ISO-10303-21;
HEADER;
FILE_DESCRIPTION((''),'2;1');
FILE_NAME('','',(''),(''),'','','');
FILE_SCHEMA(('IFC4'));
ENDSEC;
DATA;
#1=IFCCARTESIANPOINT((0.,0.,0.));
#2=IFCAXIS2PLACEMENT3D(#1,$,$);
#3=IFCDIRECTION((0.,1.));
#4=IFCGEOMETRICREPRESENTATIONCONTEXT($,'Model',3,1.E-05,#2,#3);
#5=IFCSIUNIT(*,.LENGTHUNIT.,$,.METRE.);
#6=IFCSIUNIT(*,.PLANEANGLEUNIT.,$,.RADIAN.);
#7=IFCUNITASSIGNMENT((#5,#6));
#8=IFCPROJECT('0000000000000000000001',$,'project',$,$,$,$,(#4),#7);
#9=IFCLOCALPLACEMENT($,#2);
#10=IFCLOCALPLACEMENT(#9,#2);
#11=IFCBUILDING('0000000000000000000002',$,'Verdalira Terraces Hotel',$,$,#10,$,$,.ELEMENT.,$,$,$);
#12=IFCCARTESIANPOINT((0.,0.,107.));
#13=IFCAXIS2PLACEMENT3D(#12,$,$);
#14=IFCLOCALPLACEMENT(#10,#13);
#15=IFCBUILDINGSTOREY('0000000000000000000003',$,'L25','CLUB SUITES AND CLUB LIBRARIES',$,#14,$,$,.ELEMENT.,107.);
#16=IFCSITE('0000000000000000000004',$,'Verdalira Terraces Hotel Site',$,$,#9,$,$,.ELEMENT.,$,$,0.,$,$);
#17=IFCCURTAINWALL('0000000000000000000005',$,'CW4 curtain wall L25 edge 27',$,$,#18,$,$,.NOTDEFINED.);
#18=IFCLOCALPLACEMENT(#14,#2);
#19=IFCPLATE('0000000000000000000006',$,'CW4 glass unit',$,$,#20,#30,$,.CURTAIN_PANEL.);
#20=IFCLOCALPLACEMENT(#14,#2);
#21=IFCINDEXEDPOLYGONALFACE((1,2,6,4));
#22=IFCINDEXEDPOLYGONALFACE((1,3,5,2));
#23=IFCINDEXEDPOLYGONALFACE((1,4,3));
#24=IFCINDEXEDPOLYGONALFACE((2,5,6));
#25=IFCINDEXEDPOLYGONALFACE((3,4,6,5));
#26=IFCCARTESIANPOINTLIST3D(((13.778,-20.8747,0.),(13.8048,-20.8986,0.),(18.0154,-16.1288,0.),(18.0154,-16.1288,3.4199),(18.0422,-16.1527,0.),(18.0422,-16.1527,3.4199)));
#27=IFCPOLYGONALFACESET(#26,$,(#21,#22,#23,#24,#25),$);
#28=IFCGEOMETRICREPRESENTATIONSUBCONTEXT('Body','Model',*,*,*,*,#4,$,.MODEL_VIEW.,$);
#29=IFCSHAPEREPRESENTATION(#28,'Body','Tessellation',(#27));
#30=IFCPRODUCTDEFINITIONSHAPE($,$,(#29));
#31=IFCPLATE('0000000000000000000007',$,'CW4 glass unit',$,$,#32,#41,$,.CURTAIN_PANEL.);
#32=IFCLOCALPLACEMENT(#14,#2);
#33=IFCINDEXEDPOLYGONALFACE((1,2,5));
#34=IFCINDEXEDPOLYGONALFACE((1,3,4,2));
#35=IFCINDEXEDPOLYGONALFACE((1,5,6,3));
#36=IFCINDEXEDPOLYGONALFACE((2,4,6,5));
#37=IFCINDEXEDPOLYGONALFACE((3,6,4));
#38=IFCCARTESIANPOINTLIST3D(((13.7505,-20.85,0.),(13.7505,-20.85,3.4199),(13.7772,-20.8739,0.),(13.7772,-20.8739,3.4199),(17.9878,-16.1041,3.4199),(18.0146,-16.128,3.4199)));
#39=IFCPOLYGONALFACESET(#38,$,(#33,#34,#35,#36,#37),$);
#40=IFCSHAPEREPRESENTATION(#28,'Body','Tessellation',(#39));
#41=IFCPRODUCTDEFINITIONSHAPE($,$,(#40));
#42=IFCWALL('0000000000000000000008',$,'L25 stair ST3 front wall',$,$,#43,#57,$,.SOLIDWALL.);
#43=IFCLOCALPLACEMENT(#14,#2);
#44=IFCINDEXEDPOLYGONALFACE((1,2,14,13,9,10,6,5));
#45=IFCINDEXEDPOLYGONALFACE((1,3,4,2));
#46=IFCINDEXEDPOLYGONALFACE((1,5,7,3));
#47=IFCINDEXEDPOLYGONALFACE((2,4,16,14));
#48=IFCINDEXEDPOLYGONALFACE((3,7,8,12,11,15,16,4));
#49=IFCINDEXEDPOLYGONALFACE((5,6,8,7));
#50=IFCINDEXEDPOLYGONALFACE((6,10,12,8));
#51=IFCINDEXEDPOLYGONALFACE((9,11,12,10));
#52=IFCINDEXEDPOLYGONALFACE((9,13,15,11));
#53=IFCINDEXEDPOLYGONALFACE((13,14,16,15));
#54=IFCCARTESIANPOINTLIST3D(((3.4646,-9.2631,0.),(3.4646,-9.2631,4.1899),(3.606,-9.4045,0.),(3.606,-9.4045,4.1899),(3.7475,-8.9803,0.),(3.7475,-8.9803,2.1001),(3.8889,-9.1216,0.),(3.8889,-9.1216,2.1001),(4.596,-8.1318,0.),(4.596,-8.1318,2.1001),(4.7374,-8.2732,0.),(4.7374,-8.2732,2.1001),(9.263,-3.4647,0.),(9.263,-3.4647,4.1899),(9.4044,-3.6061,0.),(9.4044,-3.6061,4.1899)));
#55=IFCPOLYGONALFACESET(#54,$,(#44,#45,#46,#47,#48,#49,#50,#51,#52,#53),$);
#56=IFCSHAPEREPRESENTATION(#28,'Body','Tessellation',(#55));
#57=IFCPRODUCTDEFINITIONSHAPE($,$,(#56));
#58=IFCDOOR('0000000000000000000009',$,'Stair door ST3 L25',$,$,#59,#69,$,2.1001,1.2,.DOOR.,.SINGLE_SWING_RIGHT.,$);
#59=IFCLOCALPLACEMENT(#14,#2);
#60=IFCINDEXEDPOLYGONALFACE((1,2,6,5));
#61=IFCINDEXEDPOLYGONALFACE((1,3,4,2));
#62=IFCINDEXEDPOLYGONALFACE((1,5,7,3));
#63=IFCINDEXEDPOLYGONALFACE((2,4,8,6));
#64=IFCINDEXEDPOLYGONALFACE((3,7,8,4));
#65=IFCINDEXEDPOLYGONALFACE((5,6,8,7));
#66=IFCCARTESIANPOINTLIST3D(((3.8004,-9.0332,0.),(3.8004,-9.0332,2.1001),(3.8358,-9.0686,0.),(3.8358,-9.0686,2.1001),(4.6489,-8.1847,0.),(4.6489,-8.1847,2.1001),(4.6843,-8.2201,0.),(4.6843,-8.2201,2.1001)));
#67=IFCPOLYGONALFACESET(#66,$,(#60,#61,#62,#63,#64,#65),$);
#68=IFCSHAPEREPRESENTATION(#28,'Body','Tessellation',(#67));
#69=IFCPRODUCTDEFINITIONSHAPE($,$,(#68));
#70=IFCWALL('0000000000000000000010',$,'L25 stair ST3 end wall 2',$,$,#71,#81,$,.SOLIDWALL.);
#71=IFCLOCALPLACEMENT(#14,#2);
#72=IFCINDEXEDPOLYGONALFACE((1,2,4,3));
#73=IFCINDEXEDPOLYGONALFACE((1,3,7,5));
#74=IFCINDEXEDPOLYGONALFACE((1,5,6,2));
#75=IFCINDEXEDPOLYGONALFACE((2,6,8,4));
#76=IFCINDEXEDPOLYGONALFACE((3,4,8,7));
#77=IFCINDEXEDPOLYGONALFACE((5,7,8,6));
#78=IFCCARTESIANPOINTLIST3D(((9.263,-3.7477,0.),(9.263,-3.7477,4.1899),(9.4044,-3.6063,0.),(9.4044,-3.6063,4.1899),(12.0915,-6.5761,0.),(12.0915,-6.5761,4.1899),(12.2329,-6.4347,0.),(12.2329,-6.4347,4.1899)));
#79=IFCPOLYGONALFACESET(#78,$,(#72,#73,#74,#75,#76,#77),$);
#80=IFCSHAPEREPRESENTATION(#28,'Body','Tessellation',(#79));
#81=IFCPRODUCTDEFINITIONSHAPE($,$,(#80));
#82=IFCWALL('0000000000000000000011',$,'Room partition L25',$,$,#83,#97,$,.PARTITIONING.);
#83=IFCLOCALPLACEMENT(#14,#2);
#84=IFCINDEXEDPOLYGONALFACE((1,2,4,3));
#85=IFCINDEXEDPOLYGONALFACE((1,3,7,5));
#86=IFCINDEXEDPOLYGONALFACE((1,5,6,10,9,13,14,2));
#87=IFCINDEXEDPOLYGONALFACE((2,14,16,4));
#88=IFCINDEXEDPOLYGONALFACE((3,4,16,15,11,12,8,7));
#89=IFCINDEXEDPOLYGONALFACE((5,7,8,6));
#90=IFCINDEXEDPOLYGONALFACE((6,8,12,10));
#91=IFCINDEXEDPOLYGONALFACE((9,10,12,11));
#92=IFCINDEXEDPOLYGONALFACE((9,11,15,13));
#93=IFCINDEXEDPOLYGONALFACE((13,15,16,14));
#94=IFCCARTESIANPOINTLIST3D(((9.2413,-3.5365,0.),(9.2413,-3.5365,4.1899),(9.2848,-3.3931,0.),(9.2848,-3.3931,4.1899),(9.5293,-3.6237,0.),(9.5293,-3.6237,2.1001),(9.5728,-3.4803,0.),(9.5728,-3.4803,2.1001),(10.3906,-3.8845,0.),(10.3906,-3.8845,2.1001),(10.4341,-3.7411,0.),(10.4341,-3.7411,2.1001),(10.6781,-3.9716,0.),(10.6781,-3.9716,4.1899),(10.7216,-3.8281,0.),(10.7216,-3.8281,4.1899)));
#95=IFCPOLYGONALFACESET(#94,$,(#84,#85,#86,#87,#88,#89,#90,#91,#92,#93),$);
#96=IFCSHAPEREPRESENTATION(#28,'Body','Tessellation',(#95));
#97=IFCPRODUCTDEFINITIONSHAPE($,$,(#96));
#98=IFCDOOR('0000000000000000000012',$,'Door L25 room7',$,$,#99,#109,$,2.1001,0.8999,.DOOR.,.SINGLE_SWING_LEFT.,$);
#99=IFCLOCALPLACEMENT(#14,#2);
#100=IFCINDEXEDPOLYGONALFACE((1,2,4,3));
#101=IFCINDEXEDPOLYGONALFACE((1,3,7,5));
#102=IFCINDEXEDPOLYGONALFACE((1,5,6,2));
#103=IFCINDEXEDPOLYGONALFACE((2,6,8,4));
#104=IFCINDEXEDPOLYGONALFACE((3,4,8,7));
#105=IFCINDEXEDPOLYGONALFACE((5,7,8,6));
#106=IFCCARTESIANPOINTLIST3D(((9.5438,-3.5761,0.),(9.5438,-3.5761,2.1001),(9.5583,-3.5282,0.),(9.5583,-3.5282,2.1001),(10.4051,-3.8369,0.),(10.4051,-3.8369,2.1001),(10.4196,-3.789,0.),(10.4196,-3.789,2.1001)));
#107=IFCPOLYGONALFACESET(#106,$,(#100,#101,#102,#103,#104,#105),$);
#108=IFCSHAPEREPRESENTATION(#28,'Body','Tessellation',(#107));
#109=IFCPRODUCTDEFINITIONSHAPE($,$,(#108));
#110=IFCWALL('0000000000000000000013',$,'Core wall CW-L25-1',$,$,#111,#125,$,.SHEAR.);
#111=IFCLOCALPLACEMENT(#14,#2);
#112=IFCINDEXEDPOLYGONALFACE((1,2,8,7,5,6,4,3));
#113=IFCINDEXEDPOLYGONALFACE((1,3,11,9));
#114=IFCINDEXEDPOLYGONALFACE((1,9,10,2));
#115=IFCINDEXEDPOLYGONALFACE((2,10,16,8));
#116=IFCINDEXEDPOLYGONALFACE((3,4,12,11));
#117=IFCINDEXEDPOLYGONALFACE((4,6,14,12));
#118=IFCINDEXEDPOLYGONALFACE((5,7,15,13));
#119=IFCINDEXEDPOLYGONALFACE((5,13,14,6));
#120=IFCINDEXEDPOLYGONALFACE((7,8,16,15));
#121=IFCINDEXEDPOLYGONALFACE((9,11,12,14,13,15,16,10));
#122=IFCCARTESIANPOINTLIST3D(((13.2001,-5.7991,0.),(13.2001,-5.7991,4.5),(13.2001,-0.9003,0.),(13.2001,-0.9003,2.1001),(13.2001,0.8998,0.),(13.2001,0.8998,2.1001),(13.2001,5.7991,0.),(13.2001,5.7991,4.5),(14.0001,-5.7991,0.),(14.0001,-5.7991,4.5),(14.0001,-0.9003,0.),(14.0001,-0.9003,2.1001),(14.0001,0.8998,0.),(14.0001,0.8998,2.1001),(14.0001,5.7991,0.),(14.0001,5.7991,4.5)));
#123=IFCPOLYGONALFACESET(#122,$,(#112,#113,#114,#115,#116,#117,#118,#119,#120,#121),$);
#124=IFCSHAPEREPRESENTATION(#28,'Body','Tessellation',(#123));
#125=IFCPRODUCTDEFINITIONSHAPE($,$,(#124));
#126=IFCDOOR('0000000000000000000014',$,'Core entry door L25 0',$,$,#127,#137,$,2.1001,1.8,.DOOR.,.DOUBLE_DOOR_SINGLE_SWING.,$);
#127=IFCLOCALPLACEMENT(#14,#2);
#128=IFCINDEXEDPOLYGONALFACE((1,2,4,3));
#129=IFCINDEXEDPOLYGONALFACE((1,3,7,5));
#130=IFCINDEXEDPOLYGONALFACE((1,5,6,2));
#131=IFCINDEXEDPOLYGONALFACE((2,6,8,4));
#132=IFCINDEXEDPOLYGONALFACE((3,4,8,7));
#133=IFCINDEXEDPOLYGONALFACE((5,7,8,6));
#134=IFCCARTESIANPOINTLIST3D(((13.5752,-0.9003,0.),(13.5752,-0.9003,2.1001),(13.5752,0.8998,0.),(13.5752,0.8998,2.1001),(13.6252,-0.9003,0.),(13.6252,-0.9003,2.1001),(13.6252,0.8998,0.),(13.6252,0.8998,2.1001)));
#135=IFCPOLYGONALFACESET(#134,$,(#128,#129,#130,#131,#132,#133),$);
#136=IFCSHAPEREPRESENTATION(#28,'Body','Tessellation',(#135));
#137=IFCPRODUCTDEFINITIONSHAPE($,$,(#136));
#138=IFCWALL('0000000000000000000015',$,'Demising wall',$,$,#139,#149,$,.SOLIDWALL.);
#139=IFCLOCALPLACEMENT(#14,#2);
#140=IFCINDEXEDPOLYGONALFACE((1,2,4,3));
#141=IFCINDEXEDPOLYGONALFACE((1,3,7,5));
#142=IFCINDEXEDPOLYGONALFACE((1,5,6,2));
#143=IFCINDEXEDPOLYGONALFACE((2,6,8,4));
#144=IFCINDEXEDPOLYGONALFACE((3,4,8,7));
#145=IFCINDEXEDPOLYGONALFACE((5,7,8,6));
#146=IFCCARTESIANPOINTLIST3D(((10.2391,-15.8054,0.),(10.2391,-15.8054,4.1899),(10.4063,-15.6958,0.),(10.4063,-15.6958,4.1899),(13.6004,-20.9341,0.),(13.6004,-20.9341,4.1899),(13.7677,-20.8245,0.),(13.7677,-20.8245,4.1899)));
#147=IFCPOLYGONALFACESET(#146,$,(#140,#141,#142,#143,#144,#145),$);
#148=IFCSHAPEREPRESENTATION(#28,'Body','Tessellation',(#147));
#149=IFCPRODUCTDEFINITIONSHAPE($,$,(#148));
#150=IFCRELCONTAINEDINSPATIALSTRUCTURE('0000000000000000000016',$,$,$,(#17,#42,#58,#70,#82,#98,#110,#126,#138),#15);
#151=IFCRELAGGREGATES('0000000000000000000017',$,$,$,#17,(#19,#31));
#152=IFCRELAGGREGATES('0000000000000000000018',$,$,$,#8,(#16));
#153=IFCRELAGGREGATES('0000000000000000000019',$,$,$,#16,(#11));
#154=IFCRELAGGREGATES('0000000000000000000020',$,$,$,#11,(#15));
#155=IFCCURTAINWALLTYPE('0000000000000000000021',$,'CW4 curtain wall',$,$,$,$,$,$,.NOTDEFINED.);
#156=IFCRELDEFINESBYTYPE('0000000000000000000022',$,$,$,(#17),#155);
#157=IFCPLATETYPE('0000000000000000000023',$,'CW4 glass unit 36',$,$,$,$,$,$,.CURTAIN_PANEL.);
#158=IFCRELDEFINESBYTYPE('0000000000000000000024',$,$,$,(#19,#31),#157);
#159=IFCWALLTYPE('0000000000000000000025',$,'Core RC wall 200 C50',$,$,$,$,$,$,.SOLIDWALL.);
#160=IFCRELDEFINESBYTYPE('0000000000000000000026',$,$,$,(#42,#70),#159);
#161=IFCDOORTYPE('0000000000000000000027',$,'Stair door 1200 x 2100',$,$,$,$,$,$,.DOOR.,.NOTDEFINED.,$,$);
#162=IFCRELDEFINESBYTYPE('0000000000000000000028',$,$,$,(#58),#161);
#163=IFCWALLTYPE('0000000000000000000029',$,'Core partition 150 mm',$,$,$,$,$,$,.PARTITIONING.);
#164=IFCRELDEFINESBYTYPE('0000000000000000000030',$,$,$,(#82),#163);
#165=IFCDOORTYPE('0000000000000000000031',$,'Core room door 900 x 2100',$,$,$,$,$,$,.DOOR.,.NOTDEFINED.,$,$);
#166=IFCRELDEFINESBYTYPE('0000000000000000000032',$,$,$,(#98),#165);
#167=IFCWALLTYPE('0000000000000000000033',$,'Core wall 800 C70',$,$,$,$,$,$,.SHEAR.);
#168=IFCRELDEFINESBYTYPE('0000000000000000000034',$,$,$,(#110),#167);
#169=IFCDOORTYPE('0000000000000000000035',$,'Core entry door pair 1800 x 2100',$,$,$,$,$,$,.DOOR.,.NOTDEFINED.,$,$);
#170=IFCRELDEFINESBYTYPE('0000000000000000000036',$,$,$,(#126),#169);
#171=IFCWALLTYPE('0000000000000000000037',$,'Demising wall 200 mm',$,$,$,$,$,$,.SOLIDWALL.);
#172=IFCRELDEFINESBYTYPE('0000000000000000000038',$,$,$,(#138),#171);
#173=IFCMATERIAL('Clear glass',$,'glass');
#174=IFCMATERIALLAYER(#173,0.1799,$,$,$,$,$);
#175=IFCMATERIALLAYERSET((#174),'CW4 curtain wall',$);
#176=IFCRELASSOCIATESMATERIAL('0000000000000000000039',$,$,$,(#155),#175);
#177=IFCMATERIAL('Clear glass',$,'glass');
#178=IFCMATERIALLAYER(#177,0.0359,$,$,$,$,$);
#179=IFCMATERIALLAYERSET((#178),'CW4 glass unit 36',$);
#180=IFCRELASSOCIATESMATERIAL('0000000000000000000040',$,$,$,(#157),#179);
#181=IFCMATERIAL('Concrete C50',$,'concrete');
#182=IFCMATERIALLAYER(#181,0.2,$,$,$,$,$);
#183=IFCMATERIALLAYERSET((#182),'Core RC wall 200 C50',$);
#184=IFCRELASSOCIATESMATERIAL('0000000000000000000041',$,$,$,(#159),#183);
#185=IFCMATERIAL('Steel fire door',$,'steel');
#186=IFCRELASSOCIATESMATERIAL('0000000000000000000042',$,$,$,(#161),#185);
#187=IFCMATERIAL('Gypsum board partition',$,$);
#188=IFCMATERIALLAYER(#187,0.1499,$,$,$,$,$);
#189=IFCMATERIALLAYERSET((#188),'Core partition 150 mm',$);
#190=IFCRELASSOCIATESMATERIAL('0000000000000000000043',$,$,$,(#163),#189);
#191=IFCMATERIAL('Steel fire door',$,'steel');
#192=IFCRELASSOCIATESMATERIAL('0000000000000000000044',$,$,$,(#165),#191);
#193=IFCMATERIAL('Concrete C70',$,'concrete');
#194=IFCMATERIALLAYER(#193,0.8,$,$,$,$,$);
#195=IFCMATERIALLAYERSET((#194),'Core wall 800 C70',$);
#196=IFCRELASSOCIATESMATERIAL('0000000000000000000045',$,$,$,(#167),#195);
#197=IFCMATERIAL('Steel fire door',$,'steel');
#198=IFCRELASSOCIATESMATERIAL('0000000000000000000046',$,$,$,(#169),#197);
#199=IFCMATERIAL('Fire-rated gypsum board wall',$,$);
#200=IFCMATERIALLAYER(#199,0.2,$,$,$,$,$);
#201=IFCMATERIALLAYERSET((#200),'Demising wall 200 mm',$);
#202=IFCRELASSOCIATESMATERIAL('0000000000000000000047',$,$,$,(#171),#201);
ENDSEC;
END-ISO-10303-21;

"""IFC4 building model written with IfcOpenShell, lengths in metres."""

from ifc_helpers import new_model, si_unit, direction, frame, frame_2d, origin, place, context, subcontext, project, spatial, polyline, rectangle, outline, extrude, material, layer, layer_set, type_object, element, fill, aggregate, save


model = new_model("IFC4")

# Units and contexts
model_context = context("Model", 3, precision=1e-05, world=origin(), true_north=direction((0.0, 1.0)))
body_context = subcontext(model_context, "Body", "Model", "MODEL_VIEW")
ifc_project = project(units=[si_unit("LENGTHUNIT", "METRE"), si_unit("PLANEANGLEUNIT", "RADIAN")], contexts=[model_context])

# Site, building, storey
site_placement = place(None, origin())
site = spatial("IfcSite", under=ifc_project, at=site_placement, Name="Verdalira Terraces Hotel Site", CompositionType="ELEMENT", RefElevation=0.0)
building_placement = place(site_placement, origin())
building = spatial("IfcBuilding", under=site, at=building_placement, Name="Verdalira Terraces Hotel", CompositionType="ELEMENT")
storey_placement = place(building_placement, frame((0.0, 0.0, 107.0)))
storey = spatial("IfcBuildingStorey", under=building, at=storey_placement, Name="L25", Description="CLUB SUITES AND CLUB LIBRARIES", CompositionType="ELEMENT", Elevation=107.0)

# Curtain wall, plates
ifc_material_1 = material(Name="Clear glass", Category="glass")
ifc_layer_1 = layer(ifc_material_1, 0.1799)
ifc_layer_set_1 = layer_set([ifc_layer_1], Name="CW4 curtain wall")
curtain_wall_type = type_object("IfcCurtainWallType", Name="CW4 curtain wall", PredefinedType="NOTDEFINED", material=ifc_layer_set_1)
curtain_wall_placement = place(storey_placement, origin())
curtain_wall = element("IfcCurtainWall", 1, at=curtain_wall_placement, inside=storey, type_object=curtain_wall_type, Name="CW4 curtain wall L25 edge 27", PredefinedType="NOTDEFINED")
ifc_material_2 = material(Name="Clear glass", Category="glass")
ifc_layer_2 = layer(ifc_material_2, 0.0359)
ifc_layer_set_2 = layer_set([ifc_layer_2], Name="CW4 glass unit 36")
plate_type = type_object("IfcPlateType", Name="CW4 glass unit 36", PredefinedType="CURTAIN_PANEL", material=ifc_layer_set_2)
plate_1_placement = place(storey_placement, frame((15.8967, -18.5017, 1.71), z_axis=(0.745941, -0.666012, 0.0), x_axis=(0.666012, 0.745941, 0.0)))
plate_1 = element("IfcPlate", 2, at=plate_1_placement, type_object=plate_type, Name="CW4 glass unit", PredefinedType="CURTAIN_PANEL", context=body_context, shape_type="SweptSolid", body=[
    extrude(outline(polyline([(-3.1812, -1.71), (3.1812, -1.71), (3.1812, 1.71), (-3.1812, -1.71)])), origin(), (0.0, 0.0, 1.0), 0.0359),
])
plate_2_placement = place(storey_placement, frame((15.8691, -18.4771, 1.71), z_axis=(0.745941, -0.666012, 0.0), x_axis=(0.666012, 0.745941, 0.0)))
plate_2 = element("IfcPlate", 3, at=plate_2_placement, type_object=plate_type, Name="CW4 glass unit", PredefinedType="CURTAIN_PANEL", context=body_context, shape_type="SweptSolid", body=[
    extrude(outline(polyline([(-3.1812, -1.71), (3.1812, 1.71), (-3.1812, 1.71), (-3.1812, -1.71)])), origin(), (0.0, 0.0, 1.0), 0.0359),
])
aggregate(curtain_wall, [plate_1, plate_2])

# Wall, opening, door
ifc_material_3 = material(Name="Concrete C50", Category="concrete")
ifc_layer_3 = layer(ifc_material_3, 0.2)
ifc_layer_set_3 = layer_set([ifc_layer_3], Name="Core RC wall 200 C50")
wall_type_1 = type_object("IfcWallType", Name="Core RC wall 200 C50", PredefinedType="SOLIDWALL", material=ifc_layer_set_3)
wall_1_placement = place(storey_placement, frame((9.3337, -3.5354, 0.0), z_axis=(0.0, 0.0, 1.0), x_axis=(-0.707107, -0.707107, 0.0)))
wall_1 = element("IfcWall", 4, at=wall_1_placement, inside=storey, type_object=wall_type_1, Name="L25 stair ST3 front wall", PredefinedType="SOLIDWALL", context=body_context, shape_type="SweptSolid", body=[
    extrude(rectangle(XDim=8.2002, YDim=0.2, at=frame_2d((4.1001, 0.0))), origin(), (0.0, 0.0, 1.0), 4.1899),
])
opening_1_placement = place(wall_1_placement, frame((6.6001, 0.0, 0.0)))
opening_1 = element("IfcOpeningElement", 5, at=opening_1_placement, cuts=wall_1, PredefinedType="OPENING", context=body_context, shape_type="SweptSolid", body=[
    extrude(rectangle(XDim=1.2, YDim=2.1001, at=frame_2d((0.6001, 1.05))), frame((0.0, 0.1099, 0.0), z_axis=(0.0, -1.0, 0.0), x_axis=(1.0, 0.0, 0.0)), (0.0, 0.0, 1.0), 0.22),
])
ifc_material_4 = material(Name="Steel fire door", Category="steel")
door_type_1 = type_object("IfcDoorType", Name="Stair door 1200 x 2100", OperationType="NOTDEFINED", PredefinedType="DOOR", material=ifc_material_4)
door_1_placement = place(opening_1_placement, origin())
door_1 = element("IfcDoor", 6, at=door_1_placement, inside=storey, type_object=door_type_1, Name="Stair door ST3 L25", OperationType="SINGLE_SWING_RIGHT", OverallHeight=2.1001, OverallWidth=1.2, PredefinedType="DOOR", context=body_context, shape_type="SweptSolid", body=[
    extrude(rectangle(XDim=1.2, YDim=2.1001, at=frame_2d((0.6001, 1.05))), frame((0.0, 0.0249, 0.0), z_axis=(0.0, -1.0, 0.0), x_axis=(1.0, 0.0, 0.0)), (0.0, 0.0, 1.0), 0.05),
])
fill(opening_1, door_1)

# Wall
wall_2_placement = place(storey_placement, frame((9.3337, -3.677, 0.0), z_axis=(0.0, 0.0, 1.0), x_axis=(0.707107, -0.707107, 0.0)))
element("IfcWall", 7, at=wall_2_placement, inside=storey, type_object=wall_type_1, Name="L25 stair ST3 end wall 2", PredefinedType="SOLIDWALL", context=body_context, shape_type="SweptSolid", body=[
    extrude(rectangle(XDim=4.0, YDim=0.2, at=frame_2d((2.0, 0.0))), origin(), (0.0, 0.0, 1.0), 4.1899),
])

# Walls, openings, doors
ifc_material_5 = material(Name="Gypsum board partition")
ifc_layer_4 = layer(ifc_material_5, 0.1499)
ifc_layer_set_4 = layer_set([ifc_layer_4], Name="Core partition 150 mm")
wall_type_2 = type_object("IfcWallType", Name="Core partition 150 mm", PredefinedType="PARTITIONING", material=ifc_layer_set_4)
wall_3_placement = place(storey_placement, frame((9.2632, -3.4648, 0.0), z_axis=(0.0, 0.0, 1.0), x_axis=(0.957085, -0.289809, 0.0)))
wall_3 = element("IfcWall", 8, at=wall_3_placement, inside=storey, type_object=wall_type_2, Name="Room partition L25", PredefinedType="PARTITIONING", context=body_context, shape_type="SweptSolid", body=[
    extrude(rectangle(XDim=1.5012, YDim=0.1499, at=frame_2d((0.7505, 0.0))), origin(), (0.0, 0.0, 1.0), 4.1899),
])
opening_2_placement = place(wall_3_placement, frame((0.3008, 0.0, 0.0)))
opening_2 = element("IfcOpeningElement", 9, at=opening_2_placement, cuts=wall_3, PredefinedType="OPENING", context=body_context, shape_type="SweptSolid", body=[
    extrude(rectangle(XDim=0.8999, YDim=2.1001, at=frame_2d((0.45, 1.05))), frame((0.0, 0.085, 0.0), z_axis=(0.0, -1.0, 0.0), x_axis=(1.0, 0.0, 0.0)), (0.0, 0.0, 1.0), 0.1699),
])
ifc_material_6 = material(Name="Steel fire door", Category="steel")
door_type_2 = type_object("IfcDoorType", Name="Core room door 900 x 2100", OperationType="NOTDEFINED", PredefinedType="DOOR", material=ifc_material_6)
door_2_placement = place(opening_2_placement, origin())
door_2 = element("IfcDoor", 10, at=door_2_placement, inside=storey, type_object=door_type_2, Name="Door L25 room7", OperationType="SINGLE_SWING_LEFT", OverallHeight=2.1001, OverallWidth=0.8999, PredefinedType="DOOR", context=body_context, shape_type="SweptSolid", body=[
    extrude(rectangle(XDim=0.8999, YDim=2.1001, at=frame_2d((0.45, 1.05))), frame((0.0, 0.0249, 0.0), z_axis=(0.0, -1.0, 0.0), x_axis=(1.0, 0.0, 0.0)), (0.0, 0.0, 1.0), 0.05),
])
fill(opening_2, door_2)
ifc_material_7 = material(Name="Concrete C70", Category="concrete")
ifc_layer_5 = layer(ifc_material_7, 0.8)
ifc_layer_set_5 = layer_set([ifc_layer_5], Name="Core wall 800 C70")
wall_type_3 = type_object("IfcWallType", Name="Core wall 800 C70", PredefinedType="SHEAR", material=ifc_layer_set_5)
wall_4_placement = place(storey_placement, frame((13.6001, -5.7991, 0.0), z_axis=(0.0, 0.0, 1.0), x_axis=(0.0, 1.0, 0.0)))
wall_4 = element("IfcWall", 11, at=wall_4_placement, inside=storey, type_object=wall_type_3, Name="Core wall CW-L25-1", PredefinedType="SHEAR", context=body_context, shape_type="SweptSolid", body=[
    extrude(rectangle(XDim=11.5981, YDim=0.8, at=frame_2d((5.7991, 0.0))), origin(), (0.0, 0.0, 1.0), 4.5),
])
opening_3_placement = place(wall_4_placement, frame((4.8989, 0.0, 0.0)))
opening_3 = element("IfcOpeningElement", 12, at=opening_3_placement, cuts=wall_4, PredefinedType="OPENING", context=body_context, shape_type="SweptSolid", body=[
    extrude(rectangle(XDim=1.8, YDim=2.1001, at=frame_2d((0.8999, 1.05))), frame((0.0, 0.4099, 0.0), z_axis=(0.0, -1.0, 0.0), x_axis=(1.0, 0.0, 0.0)), (0.0, 0.0, 1.0), 0.8201),
])
ifc_material_8 = material(Name="Steel fire door", Category="steel")
door_type_3 = type_object("IfcDoorType", Name="Core entry door pair 1800 x 2100", OperationType="NOTDEFINED", PredefinedType="DOOR", material=ifc_material_8)
door_3_placement = place(opening_3_placement, origin())
door_3 = element("IfcDoor", 13, at=door_3_placement, inside=storey, type_object=door_type_3, Name="Core entry door L25 0", OperationType="DOUBLE_DOOR_SINGLE_SWING", OverallHeight=2.1001, OverallWidth=1.8, PredefinedType="DOOR", context=body_context, shape_type="SweptSolid", body=[
    extrude(rectangle(XDim=1.8, YDim=2.1001, at=frame_2d((0.8999, 1.05))), frame((0.0, 0.0249, 0.0), z_axis=(0.0, -1.0, 0.0), x_axis=(1.0, 0.0, 0.0)), (0.0, 0.0, 1.0), 0.05),
])
fill(opening_3, door_3)

# Wall
ifc_material_9 = material(Name="Fire-rated gypsum board wall")
ifc_layer_6 = layer(ifc_material_9, 0.2)
ifc_layer_set_6 = layer_set([ifc_layer_6], Name="Demising wall 200 mm")
wall_type_4 = type_object("IfcWallType", Name="Demising wall 200 mm", PredefinedType="SOLIDWALL", material=ifc_layer_set_6)
wall_5_placement = place(storey_placement, frame((10.3228, -15.7507, 0.0), z_axis=(0.0, 0.0, 1.0), x_axis=(0.54816, -0.836374, 0.0)))
element("IfcWall", 14, at=wall_5_placement, inside=storey, type_object=wall_type_4, Name="Demising wall", PredefinedType="SOLIDWALL", context=body_context, shape_type="SweptSolid", body=[
    extrude(rectangle(XDim=6.1321, YDim=0.2, at=frame_2d((3.0659, 0.0))), origin(), (0.0, 0.0, 1.0), 4.1899),
])

save(model, "model.ifc")
